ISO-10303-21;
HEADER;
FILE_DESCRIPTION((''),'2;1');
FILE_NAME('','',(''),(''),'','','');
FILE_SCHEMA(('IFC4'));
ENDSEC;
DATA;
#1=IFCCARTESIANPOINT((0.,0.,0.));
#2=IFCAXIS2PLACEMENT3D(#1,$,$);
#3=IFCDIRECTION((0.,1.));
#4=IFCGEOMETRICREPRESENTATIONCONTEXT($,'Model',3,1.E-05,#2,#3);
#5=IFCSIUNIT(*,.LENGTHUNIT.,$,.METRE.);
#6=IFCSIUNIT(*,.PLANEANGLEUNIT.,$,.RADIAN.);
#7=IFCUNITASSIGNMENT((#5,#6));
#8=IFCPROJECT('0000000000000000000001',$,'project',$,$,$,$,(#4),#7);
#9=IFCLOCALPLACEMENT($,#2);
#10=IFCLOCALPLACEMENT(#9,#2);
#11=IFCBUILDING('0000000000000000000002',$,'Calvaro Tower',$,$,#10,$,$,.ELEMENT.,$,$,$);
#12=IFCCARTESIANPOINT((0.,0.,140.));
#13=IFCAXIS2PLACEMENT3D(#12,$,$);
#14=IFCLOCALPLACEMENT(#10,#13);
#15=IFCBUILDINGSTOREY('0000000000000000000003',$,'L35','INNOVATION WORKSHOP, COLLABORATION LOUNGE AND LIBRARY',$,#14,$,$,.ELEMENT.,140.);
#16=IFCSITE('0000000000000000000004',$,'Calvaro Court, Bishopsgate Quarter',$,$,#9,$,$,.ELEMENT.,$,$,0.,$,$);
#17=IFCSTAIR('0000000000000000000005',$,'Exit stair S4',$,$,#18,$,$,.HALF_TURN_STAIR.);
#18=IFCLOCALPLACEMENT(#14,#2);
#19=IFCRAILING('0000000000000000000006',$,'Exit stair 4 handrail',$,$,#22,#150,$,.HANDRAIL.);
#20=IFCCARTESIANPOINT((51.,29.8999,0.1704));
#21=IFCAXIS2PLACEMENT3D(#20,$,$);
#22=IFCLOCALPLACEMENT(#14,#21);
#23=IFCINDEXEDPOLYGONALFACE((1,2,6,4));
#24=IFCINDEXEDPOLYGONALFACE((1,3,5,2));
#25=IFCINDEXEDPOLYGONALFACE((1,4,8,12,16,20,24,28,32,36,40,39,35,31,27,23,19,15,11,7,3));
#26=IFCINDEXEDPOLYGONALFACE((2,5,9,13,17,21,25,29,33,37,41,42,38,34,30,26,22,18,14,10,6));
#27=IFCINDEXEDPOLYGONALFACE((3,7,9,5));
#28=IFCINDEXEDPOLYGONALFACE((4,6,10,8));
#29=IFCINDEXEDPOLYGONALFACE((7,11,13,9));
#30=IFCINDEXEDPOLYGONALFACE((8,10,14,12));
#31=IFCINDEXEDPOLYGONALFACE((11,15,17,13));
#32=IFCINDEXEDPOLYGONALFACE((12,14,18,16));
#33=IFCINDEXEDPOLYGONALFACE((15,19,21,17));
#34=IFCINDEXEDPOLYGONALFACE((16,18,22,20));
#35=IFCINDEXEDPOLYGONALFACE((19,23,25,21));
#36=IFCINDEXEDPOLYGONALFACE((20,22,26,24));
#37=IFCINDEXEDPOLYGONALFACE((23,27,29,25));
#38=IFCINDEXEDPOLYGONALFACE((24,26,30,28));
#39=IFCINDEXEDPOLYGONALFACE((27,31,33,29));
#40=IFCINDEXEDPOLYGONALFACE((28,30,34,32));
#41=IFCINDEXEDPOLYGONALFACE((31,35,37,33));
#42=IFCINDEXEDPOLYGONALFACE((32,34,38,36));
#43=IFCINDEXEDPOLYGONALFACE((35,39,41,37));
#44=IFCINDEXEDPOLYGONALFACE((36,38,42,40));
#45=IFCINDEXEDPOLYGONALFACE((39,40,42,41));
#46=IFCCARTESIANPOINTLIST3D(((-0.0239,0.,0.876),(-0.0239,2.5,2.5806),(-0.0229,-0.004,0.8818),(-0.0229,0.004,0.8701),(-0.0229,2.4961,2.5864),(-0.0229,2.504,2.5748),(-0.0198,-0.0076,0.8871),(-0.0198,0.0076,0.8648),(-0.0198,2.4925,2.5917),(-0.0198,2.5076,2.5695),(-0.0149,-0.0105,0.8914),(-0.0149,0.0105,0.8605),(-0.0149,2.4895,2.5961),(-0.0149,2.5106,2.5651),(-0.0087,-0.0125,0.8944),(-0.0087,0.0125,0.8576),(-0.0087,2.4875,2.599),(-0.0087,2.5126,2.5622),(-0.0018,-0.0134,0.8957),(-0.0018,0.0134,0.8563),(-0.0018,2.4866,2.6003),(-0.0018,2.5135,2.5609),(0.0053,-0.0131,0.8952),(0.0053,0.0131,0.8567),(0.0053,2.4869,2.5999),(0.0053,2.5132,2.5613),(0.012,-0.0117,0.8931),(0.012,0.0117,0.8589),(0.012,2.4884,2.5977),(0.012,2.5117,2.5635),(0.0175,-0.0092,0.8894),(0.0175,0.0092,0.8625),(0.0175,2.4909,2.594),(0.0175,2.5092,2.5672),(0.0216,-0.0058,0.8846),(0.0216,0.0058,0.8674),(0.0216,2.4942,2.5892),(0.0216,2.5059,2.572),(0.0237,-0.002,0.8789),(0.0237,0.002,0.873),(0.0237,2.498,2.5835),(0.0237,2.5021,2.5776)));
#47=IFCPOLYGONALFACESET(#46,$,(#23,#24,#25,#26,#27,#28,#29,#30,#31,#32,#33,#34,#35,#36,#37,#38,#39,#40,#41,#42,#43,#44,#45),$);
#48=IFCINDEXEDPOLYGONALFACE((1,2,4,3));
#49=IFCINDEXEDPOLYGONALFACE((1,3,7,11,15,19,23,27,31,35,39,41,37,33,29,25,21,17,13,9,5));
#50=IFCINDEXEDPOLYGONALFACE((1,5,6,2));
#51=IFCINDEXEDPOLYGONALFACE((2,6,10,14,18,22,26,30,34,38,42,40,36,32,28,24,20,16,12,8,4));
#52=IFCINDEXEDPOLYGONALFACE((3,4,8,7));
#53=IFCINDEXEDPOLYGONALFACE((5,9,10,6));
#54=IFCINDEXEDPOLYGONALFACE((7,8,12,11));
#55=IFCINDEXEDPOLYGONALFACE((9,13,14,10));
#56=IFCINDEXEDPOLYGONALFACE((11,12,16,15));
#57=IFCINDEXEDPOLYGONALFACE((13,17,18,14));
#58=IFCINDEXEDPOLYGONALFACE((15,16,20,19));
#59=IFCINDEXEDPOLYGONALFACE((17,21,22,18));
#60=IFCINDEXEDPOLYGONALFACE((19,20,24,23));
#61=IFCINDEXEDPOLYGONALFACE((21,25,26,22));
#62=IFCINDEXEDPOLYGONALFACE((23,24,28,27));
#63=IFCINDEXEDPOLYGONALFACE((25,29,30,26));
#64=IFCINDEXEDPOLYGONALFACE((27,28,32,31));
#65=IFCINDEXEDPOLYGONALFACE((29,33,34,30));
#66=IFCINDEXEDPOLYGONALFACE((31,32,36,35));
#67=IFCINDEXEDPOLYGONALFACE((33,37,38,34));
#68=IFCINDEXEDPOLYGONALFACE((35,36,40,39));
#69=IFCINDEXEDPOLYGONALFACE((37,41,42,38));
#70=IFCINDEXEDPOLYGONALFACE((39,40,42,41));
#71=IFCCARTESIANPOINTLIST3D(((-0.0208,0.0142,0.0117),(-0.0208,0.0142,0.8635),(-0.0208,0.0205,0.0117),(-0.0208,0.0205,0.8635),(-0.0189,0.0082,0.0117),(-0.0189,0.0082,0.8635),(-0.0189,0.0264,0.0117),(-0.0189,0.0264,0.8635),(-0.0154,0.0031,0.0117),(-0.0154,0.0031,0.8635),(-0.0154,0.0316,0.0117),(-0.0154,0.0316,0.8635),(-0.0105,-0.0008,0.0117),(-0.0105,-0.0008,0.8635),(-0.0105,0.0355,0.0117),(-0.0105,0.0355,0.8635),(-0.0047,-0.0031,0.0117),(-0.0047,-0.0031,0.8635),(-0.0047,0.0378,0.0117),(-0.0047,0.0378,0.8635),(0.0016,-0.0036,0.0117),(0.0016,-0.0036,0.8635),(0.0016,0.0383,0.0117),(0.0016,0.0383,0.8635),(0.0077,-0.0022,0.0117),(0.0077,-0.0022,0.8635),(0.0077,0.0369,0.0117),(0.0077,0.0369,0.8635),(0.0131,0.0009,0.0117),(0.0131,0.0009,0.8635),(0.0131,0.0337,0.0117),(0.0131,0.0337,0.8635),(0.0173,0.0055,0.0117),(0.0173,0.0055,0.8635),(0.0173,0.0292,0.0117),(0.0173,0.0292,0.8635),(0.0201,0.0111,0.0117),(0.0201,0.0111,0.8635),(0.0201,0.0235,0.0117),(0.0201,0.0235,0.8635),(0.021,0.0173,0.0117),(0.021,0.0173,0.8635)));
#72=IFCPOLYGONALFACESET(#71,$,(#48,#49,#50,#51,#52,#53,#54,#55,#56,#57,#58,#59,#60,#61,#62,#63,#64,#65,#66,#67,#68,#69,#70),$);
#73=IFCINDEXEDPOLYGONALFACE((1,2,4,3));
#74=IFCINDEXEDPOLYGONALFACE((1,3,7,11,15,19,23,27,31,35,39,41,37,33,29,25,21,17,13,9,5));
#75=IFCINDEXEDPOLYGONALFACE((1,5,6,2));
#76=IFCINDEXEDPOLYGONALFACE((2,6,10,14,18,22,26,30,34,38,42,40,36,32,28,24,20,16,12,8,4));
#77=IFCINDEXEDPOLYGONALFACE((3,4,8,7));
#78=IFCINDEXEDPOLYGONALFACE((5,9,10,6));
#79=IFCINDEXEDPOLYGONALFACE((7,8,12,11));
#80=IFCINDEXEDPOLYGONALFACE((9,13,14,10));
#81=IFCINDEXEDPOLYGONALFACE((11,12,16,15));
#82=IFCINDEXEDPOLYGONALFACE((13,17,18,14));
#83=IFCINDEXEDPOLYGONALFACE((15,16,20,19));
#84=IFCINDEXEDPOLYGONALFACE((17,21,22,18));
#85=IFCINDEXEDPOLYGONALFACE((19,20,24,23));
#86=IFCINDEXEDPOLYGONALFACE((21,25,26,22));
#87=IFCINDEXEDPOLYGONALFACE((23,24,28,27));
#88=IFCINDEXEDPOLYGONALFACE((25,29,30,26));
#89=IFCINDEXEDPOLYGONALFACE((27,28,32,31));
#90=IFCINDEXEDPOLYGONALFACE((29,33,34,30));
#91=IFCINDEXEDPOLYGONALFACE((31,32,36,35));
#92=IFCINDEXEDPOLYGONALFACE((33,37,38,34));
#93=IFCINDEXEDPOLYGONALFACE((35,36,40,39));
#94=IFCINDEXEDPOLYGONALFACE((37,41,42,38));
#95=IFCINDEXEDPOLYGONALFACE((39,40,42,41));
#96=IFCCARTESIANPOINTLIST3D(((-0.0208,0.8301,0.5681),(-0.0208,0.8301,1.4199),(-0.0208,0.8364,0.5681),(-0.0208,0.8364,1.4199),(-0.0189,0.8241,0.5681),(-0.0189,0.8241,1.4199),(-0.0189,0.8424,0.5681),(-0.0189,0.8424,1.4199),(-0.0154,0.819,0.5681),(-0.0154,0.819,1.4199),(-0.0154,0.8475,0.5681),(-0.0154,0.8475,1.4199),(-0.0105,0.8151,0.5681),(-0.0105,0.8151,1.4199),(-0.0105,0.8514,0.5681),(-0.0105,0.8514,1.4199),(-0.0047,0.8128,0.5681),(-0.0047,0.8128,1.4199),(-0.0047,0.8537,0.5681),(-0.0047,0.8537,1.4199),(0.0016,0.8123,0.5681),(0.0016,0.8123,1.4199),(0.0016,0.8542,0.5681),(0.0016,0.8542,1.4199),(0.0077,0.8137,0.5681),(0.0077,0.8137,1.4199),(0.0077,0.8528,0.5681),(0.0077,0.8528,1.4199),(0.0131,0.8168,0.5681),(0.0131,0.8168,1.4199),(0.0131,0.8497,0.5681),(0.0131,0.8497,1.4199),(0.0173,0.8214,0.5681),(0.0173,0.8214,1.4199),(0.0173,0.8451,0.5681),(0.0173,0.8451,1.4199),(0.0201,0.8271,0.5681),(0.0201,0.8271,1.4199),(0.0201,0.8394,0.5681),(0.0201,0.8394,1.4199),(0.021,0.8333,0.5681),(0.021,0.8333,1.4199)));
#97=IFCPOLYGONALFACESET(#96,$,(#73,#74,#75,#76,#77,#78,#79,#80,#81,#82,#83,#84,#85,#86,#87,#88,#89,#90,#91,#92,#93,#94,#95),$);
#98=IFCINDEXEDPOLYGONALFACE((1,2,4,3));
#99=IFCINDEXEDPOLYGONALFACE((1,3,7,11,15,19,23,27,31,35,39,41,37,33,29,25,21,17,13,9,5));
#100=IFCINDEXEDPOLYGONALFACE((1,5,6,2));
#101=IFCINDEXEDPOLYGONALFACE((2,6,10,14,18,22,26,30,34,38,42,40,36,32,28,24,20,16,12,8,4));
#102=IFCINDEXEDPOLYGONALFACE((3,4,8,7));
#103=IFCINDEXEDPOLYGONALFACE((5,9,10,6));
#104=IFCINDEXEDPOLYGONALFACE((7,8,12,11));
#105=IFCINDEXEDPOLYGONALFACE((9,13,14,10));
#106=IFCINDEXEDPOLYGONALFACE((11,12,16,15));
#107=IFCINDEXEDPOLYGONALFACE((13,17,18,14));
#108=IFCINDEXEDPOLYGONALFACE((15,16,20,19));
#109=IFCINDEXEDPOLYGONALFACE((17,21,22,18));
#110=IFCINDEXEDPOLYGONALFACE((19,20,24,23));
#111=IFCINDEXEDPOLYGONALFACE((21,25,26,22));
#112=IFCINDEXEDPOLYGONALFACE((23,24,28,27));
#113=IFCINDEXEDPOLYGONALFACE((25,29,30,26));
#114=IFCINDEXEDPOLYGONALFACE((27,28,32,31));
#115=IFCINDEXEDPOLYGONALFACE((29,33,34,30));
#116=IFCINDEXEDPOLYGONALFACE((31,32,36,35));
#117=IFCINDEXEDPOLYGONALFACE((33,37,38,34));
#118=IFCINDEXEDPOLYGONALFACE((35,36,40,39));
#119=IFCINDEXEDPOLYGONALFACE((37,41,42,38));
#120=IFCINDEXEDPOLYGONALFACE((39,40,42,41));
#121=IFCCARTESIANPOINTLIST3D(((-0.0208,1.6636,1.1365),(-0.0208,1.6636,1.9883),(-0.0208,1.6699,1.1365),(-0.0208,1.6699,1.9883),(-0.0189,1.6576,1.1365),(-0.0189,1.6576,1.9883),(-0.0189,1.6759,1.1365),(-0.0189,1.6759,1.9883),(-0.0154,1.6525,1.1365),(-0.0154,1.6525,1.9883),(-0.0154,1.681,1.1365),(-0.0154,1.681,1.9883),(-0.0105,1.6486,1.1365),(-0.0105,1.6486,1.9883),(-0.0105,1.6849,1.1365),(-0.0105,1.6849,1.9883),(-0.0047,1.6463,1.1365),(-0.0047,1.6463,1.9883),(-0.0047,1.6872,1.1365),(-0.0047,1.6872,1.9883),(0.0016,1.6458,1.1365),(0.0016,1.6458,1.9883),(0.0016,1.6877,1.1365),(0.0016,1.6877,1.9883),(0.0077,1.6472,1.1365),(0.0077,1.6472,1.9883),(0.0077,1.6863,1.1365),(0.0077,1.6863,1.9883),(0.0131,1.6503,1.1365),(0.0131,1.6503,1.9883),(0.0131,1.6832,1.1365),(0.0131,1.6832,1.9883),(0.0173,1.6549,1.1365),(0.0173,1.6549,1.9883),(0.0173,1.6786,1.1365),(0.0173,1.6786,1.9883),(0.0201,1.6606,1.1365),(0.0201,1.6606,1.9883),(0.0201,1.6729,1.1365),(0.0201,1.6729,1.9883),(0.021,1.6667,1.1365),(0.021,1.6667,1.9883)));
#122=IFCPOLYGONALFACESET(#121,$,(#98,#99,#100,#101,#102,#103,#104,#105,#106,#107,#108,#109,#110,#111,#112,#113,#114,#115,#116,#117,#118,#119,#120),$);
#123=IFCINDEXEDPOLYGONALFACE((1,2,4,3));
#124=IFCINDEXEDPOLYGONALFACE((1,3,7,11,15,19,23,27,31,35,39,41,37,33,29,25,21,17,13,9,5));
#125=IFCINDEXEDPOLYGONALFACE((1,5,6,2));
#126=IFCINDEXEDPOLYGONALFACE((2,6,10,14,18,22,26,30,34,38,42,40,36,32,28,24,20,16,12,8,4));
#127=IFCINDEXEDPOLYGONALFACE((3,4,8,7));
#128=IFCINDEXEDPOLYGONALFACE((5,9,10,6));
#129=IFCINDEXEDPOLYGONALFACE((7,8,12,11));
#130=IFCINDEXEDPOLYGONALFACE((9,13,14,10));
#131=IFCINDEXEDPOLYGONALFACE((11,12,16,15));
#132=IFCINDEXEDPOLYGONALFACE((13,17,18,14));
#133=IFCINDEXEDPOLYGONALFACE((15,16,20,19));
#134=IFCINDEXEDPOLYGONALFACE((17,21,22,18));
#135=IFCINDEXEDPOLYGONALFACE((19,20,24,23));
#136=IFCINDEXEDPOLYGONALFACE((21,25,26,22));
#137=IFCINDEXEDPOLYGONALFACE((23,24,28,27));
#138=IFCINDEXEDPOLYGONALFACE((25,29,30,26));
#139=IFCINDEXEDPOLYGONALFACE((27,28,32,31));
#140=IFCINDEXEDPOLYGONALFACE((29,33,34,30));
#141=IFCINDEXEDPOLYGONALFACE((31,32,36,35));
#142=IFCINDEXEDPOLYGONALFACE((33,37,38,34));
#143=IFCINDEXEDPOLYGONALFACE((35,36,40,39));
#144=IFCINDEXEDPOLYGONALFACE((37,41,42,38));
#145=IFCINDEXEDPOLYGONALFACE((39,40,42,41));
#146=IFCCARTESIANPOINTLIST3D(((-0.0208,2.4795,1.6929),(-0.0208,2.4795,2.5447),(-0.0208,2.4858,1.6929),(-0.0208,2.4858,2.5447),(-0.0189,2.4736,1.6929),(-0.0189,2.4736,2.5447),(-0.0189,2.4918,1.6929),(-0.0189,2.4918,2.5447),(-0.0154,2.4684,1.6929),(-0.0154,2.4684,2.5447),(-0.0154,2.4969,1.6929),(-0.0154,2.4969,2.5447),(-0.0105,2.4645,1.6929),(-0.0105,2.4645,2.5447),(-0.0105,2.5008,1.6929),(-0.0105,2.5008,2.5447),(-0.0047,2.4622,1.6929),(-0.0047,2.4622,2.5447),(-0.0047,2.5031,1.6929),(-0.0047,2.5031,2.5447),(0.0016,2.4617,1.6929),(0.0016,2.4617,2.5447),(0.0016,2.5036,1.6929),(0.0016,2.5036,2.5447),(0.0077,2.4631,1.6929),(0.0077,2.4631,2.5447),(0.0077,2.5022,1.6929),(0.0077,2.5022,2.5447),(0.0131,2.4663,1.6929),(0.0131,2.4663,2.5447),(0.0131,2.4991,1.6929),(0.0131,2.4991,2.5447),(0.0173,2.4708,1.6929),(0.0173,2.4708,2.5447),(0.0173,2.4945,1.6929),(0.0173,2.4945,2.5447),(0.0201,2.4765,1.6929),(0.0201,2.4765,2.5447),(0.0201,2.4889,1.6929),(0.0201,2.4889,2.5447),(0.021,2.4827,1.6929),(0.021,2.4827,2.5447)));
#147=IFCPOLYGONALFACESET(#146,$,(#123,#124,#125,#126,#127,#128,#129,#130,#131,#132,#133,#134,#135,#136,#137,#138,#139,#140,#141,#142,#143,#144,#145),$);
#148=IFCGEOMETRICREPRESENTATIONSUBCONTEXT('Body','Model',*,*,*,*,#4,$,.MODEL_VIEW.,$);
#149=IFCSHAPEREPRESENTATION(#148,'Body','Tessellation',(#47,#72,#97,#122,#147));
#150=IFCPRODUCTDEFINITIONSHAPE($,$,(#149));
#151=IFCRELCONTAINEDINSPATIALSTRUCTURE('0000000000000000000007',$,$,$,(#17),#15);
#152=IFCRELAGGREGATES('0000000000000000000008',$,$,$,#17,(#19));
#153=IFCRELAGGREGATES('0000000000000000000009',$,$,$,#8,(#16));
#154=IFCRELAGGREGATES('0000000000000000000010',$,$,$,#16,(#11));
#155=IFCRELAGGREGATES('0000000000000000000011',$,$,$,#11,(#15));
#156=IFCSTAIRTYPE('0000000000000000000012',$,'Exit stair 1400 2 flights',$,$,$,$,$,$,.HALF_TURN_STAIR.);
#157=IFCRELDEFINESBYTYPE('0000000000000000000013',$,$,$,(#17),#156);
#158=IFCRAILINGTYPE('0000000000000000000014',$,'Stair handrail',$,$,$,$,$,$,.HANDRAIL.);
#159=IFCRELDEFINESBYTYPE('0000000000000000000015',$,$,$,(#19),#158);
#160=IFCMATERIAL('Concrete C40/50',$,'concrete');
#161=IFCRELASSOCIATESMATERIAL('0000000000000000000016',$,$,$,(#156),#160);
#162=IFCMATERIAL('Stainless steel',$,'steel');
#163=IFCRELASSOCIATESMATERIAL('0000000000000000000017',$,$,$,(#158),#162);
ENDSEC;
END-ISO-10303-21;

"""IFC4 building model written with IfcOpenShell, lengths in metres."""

from ifc_helpers import new_model, si_unit, direction, frame, origin, origin_2d, place, context, subcontext, project, spatial, circle, extrude, material, type_object, element, aggregate, save


model = new_model("IFC4")

# Units and contexts
model_context = context("Model", 3, precision=1e-05, world=origin(), true_north=direction((0.0, 1.0)))
body_context = subcontext(model_context, "Body", "Model", "MODEL_VIEW")
ifc_project = project(units=[si_unit("LENGTHUNIT", "METRE"), si_unit("PLANEANGLEUNIT", "RADIAN")], contexts=[model_context])

# Site, building, storey
site_placement = place(None, origin())
site = spatial("IfcSite", under=ifc_project, at=site_placement, Name="Calvaro Court, Bishopsgate Quarter", CompositionType="ELEMENT", RefElevation=0.0)
building_placement = place(site_placement, origin())
building = spatial("IfcBuilding", under=site, at=building_placement, Name="Calvaro Tower", CompositionType="ELEMENT")
storey_placement = place(building_placement, frame((0.0, 0.0, 140.0)))
storey = spatial("IfcBuildingStorey", under=building, at=storey_placement, Name="L35", Description="INNOVATION WORKSHOP, COLLABORATION LOUNGE AND LIBRARY", CompositionType="ELEMENT", Elevation=140.0)

# Stair
ifc_material_1 = material(Name="Concrete C40/50", Category="concrete")
stair_type = type_object("IfcStairType", Name="Exit stair 1400 2 flights", PredefinedType="HALF_TURN_STAIR", material=ifc_material_1)
stair_1_placement = place(storey_placement, origin())
stair_1 = element("IfcStair", 1, at=stair_1_placement, inside=storey, type_object=stair_type, Name="Exit stair S4", PredefinedType="HALF_TURN_STAIR")

# Railing
ifc_material_2 = material(Name="Stainless steel", Category="steel")
railing_type = type_object("IfcRailingType", Name="Stair handrail", PredefinedType="HANDRAIL", material=ifc_material_2)
railing_1_placement = place(storey_placement, frame((51.0, 29.8999, 0.1704)))
railing_1 = element("IfcRailing", 2, at=railing_1_placement, type_object=railing_type, Name="Exit stair 4 handrail", PredefinedType="HANDRAIL", context=body_context, shape_type="SweptSolid", body=[
    extrude(circle(Radius=0.0239, at=origin_2d()), frame((0.0, 0.0, 0.876), z_axis=(0.0, 0.826221, 0.563347), x_axis=(-1.0, 0.0, 0.0)), (0.0, 0.0, 1.0), 3.0259),
    extrude(circle(Radius=0.021, at=origin_2d()), frame((0.0, 0.0173, 0.0117)), (0.0, 0.0, 1.0), 0.8518),
    extrude(circle(Radius=0.021, at=origin_2d()), frame((0.0, 0.8333, 0.5681)), (0.0, 0.0, 1.0), 0.8518),
    extrude(circle(Radius=0.021, at=origin_2d()), frame((0.0, 1.6667, 1.1365)), (0.0, 0.0, 1.0), 0.8518),
    extrude(circle(Radius=0.021, at=origin_2d()), frame((0.0, 2.4827, 1.6929)), (0.0, 0.0, 1.0), 0.8518),
])
aggregate(stair_1, [railing_1])

save(model, "model.ifc")
